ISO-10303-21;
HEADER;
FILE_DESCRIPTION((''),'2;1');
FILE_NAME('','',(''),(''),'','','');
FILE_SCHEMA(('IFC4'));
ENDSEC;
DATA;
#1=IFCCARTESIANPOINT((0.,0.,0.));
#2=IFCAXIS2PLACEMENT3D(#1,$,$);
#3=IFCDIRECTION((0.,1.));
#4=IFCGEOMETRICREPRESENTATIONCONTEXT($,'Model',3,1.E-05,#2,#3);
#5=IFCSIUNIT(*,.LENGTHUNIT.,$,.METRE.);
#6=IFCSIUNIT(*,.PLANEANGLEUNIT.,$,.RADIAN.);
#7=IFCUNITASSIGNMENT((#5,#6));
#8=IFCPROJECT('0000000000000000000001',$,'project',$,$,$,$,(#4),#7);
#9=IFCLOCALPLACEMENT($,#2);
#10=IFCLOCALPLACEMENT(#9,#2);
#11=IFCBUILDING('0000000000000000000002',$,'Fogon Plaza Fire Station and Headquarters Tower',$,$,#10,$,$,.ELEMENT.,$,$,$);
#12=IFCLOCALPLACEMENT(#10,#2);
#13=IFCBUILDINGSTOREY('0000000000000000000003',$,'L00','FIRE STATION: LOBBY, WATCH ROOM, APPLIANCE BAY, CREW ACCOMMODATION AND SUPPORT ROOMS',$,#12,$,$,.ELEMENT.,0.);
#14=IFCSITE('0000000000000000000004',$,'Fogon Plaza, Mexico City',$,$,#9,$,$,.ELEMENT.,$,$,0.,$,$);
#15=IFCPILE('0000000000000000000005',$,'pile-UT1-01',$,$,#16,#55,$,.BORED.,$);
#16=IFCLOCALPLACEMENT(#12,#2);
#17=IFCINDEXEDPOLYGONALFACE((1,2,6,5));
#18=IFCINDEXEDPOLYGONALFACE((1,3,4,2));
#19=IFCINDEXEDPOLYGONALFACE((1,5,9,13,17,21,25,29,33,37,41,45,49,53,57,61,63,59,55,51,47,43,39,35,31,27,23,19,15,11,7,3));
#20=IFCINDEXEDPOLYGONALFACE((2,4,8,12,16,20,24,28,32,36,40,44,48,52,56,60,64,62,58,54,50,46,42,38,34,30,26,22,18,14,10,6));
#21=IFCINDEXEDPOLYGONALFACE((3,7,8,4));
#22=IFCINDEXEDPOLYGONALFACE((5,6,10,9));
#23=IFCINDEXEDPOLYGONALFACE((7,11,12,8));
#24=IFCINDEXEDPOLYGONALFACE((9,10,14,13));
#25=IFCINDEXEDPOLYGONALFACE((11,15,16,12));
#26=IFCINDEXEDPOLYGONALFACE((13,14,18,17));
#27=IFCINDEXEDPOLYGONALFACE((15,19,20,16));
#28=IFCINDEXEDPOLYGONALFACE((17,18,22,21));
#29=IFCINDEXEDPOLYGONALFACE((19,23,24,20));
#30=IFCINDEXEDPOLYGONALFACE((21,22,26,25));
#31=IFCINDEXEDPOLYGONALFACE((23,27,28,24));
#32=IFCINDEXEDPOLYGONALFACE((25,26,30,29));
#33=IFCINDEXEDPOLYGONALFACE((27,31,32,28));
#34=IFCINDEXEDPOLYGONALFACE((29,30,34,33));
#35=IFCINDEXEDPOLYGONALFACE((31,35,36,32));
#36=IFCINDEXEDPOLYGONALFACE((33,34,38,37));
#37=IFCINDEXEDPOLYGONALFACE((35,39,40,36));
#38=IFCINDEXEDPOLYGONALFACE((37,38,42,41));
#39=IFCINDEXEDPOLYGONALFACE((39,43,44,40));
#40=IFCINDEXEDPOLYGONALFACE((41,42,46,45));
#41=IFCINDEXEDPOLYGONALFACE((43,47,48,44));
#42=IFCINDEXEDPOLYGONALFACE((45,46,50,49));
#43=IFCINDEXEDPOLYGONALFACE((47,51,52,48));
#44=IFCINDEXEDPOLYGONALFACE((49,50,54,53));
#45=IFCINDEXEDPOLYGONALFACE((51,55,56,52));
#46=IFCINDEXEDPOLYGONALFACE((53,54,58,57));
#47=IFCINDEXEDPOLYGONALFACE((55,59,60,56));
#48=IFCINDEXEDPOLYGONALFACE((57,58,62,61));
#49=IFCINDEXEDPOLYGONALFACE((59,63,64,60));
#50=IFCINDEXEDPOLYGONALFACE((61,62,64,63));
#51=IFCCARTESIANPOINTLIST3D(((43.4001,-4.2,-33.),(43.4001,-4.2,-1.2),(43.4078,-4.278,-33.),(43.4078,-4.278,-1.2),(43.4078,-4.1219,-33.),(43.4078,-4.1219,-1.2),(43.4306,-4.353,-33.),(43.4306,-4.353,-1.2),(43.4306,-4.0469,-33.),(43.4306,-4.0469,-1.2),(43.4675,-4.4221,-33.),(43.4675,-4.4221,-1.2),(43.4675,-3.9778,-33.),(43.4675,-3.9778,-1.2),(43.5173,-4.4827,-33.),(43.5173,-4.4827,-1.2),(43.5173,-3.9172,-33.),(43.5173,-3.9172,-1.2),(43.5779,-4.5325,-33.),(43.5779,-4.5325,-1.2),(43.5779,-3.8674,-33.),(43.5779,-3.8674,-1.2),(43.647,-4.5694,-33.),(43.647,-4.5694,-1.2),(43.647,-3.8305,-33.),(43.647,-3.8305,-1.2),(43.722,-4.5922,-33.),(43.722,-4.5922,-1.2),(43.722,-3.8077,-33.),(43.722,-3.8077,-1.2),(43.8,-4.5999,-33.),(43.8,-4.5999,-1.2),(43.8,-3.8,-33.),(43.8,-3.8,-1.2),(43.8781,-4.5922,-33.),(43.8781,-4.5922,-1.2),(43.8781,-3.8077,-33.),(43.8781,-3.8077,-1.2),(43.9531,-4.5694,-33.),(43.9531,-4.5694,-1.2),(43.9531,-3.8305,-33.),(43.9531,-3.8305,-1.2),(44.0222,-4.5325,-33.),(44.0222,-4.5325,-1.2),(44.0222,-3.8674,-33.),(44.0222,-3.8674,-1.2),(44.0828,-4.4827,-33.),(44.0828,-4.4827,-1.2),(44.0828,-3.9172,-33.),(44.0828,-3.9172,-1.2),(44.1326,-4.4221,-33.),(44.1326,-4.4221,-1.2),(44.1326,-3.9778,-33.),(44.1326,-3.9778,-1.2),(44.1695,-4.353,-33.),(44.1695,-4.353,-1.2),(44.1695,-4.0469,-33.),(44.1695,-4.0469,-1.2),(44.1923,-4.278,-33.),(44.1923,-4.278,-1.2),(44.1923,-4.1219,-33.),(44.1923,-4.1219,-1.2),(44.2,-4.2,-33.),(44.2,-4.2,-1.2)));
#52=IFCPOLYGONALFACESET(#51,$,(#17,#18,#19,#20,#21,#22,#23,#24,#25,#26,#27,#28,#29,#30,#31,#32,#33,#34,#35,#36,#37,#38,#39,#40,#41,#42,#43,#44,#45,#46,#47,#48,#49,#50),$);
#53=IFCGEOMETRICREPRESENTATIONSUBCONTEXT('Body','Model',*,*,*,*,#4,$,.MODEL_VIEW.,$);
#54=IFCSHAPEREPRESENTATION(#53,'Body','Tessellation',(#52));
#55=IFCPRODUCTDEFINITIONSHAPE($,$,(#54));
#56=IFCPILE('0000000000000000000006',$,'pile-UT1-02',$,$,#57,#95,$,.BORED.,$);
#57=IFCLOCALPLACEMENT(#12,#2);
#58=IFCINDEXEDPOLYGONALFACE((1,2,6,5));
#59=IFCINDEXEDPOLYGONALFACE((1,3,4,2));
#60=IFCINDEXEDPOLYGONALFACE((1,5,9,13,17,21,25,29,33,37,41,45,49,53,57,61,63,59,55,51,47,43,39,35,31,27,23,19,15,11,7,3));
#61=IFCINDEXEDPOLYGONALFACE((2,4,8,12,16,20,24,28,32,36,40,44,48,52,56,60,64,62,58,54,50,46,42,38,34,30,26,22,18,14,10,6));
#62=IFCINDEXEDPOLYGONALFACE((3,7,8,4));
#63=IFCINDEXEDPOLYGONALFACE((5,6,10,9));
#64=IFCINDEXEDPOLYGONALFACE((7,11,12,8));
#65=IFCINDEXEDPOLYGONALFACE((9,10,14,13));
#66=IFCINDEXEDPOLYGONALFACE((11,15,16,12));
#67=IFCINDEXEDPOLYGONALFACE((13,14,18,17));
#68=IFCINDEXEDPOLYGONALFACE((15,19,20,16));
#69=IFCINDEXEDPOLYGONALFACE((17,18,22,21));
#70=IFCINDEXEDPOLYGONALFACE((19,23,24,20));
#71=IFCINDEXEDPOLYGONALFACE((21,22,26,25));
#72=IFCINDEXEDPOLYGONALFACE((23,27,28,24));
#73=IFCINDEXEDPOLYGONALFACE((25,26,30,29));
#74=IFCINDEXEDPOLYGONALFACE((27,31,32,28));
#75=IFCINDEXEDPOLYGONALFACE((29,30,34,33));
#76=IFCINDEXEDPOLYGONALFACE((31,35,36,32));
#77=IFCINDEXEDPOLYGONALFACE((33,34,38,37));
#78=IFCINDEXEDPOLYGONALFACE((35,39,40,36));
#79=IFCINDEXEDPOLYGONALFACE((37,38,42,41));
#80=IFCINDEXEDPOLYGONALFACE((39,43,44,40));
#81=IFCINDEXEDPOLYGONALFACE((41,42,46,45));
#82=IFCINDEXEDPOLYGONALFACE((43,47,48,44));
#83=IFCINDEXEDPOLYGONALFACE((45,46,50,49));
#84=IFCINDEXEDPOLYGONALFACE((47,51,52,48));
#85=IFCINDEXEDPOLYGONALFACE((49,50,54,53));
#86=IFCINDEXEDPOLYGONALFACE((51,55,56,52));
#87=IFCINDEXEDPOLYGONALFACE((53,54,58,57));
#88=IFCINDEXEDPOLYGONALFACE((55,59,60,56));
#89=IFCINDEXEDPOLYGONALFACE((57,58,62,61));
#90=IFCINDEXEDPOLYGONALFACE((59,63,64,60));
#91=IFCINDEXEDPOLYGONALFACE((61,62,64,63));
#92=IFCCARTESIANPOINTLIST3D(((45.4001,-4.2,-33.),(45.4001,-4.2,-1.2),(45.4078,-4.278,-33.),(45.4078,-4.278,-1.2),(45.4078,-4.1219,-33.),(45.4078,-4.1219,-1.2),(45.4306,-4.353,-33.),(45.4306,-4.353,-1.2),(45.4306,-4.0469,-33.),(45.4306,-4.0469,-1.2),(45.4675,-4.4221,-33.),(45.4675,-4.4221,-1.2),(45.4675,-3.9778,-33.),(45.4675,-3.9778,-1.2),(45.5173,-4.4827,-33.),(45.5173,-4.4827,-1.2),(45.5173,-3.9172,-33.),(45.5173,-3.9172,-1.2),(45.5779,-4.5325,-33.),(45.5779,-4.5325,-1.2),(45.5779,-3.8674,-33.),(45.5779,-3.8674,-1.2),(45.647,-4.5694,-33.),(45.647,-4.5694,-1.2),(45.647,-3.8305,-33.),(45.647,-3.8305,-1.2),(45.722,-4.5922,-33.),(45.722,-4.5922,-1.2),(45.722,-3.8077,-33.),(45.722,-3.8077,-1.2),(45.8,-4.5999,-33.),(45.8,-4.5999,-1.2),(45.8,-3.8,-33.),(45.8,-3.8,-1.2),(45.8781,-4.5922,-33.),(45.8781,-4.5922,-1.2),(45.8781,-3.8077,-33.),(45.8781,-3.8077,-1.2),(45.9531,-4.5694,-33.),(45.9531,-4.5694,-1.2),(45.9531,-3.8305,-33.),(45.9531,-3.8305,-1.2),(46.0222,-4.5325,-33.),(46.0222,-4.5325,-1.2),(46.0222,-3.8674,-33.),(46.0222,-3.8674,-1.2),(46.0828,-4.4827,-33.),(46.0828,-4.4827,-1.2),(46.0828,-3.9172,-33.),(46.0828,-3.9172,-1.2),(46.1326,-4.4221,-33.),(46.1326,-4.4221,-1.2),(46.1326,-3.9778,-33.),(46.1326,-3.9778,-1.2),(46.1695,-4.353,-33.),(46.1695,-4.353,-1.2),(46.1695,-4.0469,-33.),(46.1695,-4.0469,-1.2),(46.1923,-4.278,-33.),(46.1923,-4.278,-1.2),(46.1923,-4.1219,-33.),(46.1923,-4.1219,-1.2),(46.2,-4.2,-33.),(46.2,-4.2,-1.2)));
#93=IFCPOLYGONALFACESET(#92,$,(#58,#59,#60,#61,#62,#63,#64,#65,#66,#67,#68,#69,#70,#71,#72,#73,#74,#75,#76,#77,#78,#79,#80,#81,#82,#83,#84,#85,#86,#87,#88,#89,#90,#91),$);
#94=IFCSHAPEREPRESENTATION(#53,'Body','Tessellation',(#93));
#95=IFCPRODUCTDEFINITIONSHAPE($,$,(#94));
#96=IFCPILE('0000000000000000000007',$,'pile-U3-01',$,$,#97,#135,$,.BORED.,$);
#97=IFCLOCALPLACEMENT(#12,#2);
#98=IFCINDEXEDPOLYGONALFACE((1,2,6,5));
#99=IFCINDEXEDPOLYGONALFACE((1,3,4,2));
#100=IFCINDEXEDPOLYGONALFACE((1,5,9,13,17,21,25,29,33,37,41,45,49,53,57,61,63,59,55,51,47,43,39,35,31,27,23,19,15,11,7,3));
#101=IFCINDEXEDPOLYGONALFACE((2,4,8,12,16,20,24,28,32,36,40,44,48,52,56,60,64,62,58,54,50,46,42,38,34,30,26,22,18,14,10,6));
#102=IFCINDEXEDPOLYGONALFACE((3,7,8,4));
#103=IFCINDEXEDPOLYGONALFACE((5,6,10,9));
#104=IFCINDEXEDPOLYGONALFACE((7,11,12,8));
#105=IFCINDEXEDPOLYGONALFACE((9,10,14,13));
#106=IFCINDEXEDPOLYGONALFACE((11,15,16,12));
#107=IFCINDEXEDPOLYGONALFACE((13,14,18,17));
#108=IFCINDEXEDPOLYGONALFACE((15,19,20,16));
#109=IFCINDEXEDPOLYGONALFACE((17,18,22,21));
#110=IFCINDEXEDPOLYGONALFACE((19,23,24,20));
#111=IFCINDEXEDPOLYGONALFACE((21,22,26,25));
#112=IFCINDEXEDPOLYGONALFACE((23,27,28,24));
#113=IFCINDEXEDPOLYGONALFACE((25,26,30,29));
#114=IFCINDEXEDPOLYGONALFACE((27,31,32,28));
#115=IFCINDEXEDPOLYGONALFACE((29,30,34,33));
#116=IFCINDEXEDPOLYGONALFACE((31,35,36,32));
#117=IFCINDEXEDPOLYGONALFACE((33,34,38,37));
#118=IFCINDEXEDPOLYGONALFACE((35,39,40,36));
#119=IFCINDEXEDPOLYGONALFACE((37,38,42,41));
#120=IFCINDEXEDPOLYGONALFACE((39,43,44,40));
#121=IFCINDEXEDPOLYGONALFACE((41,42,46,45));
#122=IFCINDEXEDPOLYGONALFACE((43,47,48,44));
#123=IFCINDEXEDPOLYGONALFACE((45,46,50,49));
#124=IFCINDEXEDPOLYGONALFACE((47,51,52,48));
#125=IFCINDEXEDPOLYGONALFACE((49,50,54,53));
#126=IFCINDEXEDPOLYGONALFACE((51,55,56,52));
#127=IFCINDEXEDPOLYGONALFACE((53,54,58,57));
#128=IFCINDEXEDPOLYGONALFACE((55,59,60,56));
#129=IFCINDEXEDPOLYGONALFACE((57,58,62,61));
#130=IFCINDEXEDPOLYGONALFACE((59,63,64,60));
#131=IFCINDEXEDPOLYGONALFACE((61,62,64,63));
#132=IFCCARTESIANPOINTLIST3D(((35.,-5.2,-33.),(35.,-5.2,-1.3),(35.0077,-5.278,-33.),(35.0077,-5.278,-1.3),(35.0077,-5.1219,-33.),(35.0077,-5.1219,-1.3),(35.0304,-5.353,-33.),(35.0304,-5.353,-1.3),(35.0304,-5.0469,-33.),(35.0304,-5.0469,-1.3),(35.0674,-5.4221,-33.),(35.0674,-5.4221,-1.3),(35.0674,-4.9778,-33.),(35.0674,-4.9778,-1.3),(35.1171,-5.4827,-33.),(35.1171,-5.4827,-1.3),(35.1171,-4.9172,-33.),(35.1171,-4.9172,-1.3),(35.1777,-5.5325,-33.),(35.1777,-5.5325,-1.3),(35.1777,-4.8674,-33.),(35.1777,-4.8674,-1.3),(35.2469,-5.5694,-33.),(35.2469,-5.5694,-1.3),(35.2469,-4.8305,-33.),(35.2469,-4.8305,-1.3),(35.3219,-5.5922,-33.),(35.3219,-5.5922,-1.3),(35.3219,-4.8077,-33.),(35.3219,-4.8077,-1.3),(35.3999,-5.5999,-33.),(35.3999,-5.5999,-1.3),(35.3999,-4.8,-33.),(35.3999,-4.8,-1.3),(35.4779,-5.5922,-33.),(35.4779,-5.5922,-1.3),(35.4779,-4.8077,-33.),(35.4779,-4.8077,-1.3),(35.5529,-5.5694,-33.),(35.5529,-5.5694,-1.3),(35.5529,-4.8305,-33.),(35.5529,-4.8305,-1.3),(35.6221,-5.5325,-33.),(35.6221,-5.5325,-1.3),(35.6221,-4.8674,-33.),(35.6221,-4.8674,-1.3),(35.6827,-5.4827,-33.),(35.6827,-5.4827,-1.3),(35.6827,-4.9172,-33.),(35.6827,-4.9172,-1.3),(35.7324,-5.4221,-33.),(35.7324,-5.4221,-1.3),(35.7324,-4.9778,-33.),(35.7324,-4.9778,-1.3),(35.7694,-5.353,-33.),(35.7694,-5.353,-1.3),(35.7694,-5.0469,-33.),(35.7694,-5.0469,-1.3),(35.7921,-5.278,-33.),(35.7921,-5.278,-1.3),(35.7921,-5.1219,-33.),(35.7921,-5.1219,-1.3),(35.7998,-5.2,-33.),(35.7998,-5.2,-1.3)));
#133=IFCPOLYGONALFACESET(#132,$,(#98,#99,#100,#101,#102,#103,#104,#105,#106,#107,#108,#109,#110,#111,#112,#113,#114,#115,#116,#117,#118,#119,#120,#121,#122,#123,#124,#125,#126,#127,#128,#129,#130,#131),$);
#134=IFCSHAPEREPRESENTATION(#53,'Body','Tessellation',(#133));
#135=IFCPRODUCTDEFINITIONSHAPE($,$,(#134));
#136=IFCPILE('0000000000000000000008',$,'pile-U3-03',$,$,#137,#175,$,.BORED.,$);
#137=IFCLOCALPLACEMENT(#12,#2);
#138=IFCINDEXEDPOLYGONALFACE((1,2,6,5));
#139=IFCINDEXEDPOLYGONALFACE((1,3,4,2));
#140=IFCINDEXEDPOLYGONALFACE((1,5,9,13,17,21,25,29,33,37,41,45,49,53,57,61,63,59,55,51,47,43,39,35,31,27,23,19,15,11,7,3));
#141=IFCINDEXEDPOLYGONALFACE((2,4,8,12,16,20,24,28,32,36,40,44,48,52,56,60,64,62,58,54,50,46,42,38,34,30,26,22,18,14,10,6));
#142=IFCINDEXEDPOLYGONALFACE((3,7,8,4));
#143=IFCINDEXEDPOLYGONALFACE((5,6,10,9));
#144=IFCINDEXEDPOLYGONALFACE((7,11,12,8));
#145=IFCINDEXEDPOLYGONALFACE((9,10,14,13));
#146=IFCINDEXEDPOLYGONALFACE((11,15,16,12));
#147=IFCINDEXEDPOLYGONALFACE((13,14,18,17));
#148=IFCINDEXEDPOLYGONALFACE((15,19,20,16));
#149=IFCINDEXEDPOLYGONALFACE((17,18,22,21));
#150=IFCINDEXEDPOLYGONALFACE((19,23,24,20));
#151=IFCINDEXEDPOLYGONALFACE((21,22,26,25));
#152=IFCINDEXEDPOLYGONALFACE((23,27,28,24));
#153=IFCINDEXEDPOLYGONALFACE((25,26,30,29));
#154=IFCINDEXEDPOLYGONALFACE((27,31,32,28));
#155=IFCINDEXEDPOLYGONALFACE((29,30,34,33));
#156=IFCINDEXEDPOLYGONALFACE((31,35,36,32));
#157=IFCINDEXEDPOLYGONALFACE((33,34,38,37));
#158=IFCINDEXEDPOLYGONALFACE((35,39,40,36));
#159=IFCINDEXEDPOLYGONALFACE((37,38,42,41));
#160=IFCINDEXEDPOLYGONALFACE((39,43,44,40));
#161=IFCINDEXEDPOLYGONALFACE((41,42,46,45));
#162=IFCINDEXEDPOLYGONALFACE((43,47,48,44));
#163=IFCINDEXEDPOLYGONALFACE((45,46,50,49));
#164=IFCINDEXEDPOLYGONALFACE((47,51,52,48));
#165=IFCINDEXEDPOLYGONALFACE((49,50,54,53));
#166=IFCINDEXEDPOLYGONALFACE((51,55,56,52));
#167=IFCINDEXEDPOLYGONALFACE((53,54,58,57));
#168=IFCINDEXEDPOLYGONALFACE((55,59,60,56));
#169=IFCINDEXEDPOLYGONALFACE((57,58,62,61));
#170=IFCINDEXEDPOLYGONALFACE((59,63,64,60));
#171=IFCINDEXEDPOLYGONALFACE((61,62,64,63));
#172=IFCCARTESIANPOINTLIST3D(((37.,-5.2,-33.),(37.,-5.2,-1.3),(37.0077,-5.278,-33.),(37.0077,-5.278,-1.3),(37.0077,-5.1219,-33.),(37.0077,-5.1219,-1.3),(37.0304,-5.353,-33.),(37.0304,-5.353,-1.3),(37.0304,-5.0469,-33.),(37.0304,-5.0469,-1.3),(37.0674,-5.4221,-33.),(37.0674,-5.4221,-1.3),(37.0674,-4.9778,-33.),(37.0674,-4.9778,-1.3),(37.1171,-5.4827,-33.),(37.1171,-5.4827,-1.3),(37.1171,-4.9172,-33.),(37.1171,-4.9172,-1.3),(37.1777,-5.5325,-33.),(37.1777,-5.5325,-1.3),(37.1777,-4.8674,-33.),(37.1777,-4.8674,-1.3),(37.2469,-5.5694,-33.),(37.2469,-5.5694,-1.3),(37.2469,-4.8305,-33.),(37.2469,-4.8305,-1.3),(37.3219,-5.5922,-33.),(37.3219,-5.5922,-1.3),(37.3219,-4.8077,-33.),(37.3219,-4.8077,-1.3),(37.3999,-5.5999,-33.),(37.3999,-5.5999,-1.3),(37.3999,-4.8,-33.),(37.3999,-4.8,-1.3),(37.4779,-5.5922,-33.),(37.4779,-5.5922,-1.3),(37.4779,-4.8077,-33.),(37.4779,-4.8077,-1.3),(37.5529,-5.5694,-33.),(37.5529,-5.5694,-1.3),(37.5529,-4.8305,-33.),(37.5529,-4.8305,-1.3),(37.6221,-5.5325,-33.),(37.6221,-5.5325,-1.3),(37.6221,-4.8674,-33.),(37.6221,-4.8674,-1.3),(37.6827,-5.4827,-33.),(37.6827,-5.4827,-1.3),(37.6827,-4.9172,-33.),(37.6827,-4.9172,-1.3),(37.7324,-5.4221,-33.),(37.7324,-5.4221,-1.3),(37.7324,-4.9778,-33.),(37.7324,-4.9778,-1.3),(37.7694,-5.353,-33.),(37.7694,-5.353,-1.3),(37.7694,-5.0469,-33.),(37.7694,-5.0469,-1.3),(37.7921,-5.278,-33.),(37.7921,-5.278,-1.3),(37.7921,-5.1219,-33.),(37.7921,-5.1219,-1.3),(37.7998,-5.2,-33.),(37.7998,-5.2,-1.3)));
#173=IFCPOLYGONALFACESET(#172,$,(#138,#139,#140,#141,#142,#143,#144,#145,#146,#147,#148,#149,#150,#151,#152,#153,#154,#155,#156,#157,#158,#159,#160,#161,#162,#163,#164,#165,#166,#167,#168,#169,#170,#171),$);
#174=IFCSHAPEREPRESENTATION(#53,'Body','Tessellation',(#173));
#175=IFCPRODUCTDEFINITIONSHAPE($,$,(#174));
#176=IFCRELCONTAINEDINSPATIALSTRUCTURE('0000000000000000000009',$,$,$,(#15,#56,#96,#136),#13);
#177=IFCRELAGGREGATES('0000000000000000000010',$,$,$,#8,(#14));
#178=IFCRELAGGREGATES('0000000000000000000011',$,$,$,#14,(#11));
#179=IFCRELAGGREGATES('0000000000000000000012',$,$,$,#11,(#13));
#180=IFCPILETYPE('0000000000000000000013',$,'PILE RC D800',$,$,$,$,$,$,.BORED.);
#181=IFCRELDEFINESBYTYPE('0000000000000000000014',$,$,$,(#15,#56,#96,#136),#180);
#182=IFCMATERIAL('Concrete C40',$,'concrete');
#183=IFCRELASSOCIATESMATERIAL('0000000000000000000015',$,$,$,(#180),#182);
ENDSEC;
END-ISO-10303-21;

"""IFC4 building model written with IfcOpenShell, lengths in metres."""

from ifc_helpers import new_model, si_unit, direction, frame, origin, origin_2d, place, context, subcontext, project, spatial, circle, extrude, material, material_profile, profile_set, type_object, element, save


model = new_model("IFC4")

# Units and contexts
model_context = context("Model", 3, precision=1e-05, world=origin(), true_north=direction((0.0, 1.0)))
body_context = subcontext(model_context, "Body", "Model", "MODEL_VIEW")
ifc_project = project(units=[si_unit("LENGTHUNIT", "METRE"), si_unit("PLANEANGLEUNIT", "RADIAN")], contexts=[model_context])

# Site, building, storey
site_placement = place(None, origin())
site = spatial("IfcSite", under=ifc_project, at=site_placement, Name="Fogon Plaza, Mexico City", CompositionType="ELEMENT", RefElevation=0.0)
building_placement = place(site_placement, origin())
building = spatial("IfcBuilding", under=site, at=building_placement, Name="Fogon Plaza Fire Station and Headquarters Tower", CompositionType="ELEMENT")
storey_placement = place(building_placement, origin())
storey = spatial("IfcBuildingStorey", under=building, at=storey_placement, Name="L00", Description="FIRE STATION: LOBBY, WATCH ROOM, APPLIANCE BAY, CREW ACCOMMODATION AND SUPPORT ROOMS", CompositionType="ELEMENT", Elevation=0.0)

# Piles
ifc_material_1 = material(Name="Concrete C40", Category="concrete")
ifc_material_profile_1 = material_profile(ifc_material_1, circle(Radius=0.3999, at=origin_2d()), Name="RC D800")
ifc_profile_set_1 = profile_set([ifc_material_profile_1], Name="Concrete C40")
pile_type = type_object("IfcPileType", Name="PILE RC D800", PredefinedType="BORED", material=ifc_profile_set_1)
for number, where, z_axis, x_axis, name in (
    (1, (43.8, -4.2, -1.2), (0.0, 0.0, -1.0), (1.0, 0.0, 0.0), "pile-UT1-01"),
    (2, (45.8, -4.2, -1.2), (0.0, 0.0, -1.0), (1.0, 0.0, 0.0), "pile-UT1-02"),
):
    element("IfcPile", number, at=place(storey_placement, frame(where, z_axis=z_axis, x_axis=x_axis)), inside=storey, type_object=pile_type, Name=name, PredefinedType="BORED", context=body_context, shape_type="SweptSolid", body=[
        extrude(circle(Radius=0.3999, at=origin_2d()), origin(), (0.0, 0.0, 1.0), 31.8),
    ])
for number, where, z_axis, x_axis, name in (
    (3, (35.3999, -5.2, -1.3), (0.0, 0.0, -1.0), (1.0, 0.0, 0.0), "pile-U3-01"),
    (4, (37.3999, -5.2, -1.3), (0.0, 0.0, -1.0), (1.0, 0.0, 0.0), "pile-U3-03"),
):
    element("IfcPile", number, at=place(storey_placement, frame(where, z_axis=z_axis, x_axis=x_axis)), inside=storey, type_object=pile_type, Name=name, PredefinedType="BORED", context=body_context, shape_type="SweptSolid", body=[
        extrude(circle(Radius=0.3999, at=origin_2d()), origin(), (0.0, 0.0, 1.0), 31.7),
    ])

save(model, "model.ifc")
